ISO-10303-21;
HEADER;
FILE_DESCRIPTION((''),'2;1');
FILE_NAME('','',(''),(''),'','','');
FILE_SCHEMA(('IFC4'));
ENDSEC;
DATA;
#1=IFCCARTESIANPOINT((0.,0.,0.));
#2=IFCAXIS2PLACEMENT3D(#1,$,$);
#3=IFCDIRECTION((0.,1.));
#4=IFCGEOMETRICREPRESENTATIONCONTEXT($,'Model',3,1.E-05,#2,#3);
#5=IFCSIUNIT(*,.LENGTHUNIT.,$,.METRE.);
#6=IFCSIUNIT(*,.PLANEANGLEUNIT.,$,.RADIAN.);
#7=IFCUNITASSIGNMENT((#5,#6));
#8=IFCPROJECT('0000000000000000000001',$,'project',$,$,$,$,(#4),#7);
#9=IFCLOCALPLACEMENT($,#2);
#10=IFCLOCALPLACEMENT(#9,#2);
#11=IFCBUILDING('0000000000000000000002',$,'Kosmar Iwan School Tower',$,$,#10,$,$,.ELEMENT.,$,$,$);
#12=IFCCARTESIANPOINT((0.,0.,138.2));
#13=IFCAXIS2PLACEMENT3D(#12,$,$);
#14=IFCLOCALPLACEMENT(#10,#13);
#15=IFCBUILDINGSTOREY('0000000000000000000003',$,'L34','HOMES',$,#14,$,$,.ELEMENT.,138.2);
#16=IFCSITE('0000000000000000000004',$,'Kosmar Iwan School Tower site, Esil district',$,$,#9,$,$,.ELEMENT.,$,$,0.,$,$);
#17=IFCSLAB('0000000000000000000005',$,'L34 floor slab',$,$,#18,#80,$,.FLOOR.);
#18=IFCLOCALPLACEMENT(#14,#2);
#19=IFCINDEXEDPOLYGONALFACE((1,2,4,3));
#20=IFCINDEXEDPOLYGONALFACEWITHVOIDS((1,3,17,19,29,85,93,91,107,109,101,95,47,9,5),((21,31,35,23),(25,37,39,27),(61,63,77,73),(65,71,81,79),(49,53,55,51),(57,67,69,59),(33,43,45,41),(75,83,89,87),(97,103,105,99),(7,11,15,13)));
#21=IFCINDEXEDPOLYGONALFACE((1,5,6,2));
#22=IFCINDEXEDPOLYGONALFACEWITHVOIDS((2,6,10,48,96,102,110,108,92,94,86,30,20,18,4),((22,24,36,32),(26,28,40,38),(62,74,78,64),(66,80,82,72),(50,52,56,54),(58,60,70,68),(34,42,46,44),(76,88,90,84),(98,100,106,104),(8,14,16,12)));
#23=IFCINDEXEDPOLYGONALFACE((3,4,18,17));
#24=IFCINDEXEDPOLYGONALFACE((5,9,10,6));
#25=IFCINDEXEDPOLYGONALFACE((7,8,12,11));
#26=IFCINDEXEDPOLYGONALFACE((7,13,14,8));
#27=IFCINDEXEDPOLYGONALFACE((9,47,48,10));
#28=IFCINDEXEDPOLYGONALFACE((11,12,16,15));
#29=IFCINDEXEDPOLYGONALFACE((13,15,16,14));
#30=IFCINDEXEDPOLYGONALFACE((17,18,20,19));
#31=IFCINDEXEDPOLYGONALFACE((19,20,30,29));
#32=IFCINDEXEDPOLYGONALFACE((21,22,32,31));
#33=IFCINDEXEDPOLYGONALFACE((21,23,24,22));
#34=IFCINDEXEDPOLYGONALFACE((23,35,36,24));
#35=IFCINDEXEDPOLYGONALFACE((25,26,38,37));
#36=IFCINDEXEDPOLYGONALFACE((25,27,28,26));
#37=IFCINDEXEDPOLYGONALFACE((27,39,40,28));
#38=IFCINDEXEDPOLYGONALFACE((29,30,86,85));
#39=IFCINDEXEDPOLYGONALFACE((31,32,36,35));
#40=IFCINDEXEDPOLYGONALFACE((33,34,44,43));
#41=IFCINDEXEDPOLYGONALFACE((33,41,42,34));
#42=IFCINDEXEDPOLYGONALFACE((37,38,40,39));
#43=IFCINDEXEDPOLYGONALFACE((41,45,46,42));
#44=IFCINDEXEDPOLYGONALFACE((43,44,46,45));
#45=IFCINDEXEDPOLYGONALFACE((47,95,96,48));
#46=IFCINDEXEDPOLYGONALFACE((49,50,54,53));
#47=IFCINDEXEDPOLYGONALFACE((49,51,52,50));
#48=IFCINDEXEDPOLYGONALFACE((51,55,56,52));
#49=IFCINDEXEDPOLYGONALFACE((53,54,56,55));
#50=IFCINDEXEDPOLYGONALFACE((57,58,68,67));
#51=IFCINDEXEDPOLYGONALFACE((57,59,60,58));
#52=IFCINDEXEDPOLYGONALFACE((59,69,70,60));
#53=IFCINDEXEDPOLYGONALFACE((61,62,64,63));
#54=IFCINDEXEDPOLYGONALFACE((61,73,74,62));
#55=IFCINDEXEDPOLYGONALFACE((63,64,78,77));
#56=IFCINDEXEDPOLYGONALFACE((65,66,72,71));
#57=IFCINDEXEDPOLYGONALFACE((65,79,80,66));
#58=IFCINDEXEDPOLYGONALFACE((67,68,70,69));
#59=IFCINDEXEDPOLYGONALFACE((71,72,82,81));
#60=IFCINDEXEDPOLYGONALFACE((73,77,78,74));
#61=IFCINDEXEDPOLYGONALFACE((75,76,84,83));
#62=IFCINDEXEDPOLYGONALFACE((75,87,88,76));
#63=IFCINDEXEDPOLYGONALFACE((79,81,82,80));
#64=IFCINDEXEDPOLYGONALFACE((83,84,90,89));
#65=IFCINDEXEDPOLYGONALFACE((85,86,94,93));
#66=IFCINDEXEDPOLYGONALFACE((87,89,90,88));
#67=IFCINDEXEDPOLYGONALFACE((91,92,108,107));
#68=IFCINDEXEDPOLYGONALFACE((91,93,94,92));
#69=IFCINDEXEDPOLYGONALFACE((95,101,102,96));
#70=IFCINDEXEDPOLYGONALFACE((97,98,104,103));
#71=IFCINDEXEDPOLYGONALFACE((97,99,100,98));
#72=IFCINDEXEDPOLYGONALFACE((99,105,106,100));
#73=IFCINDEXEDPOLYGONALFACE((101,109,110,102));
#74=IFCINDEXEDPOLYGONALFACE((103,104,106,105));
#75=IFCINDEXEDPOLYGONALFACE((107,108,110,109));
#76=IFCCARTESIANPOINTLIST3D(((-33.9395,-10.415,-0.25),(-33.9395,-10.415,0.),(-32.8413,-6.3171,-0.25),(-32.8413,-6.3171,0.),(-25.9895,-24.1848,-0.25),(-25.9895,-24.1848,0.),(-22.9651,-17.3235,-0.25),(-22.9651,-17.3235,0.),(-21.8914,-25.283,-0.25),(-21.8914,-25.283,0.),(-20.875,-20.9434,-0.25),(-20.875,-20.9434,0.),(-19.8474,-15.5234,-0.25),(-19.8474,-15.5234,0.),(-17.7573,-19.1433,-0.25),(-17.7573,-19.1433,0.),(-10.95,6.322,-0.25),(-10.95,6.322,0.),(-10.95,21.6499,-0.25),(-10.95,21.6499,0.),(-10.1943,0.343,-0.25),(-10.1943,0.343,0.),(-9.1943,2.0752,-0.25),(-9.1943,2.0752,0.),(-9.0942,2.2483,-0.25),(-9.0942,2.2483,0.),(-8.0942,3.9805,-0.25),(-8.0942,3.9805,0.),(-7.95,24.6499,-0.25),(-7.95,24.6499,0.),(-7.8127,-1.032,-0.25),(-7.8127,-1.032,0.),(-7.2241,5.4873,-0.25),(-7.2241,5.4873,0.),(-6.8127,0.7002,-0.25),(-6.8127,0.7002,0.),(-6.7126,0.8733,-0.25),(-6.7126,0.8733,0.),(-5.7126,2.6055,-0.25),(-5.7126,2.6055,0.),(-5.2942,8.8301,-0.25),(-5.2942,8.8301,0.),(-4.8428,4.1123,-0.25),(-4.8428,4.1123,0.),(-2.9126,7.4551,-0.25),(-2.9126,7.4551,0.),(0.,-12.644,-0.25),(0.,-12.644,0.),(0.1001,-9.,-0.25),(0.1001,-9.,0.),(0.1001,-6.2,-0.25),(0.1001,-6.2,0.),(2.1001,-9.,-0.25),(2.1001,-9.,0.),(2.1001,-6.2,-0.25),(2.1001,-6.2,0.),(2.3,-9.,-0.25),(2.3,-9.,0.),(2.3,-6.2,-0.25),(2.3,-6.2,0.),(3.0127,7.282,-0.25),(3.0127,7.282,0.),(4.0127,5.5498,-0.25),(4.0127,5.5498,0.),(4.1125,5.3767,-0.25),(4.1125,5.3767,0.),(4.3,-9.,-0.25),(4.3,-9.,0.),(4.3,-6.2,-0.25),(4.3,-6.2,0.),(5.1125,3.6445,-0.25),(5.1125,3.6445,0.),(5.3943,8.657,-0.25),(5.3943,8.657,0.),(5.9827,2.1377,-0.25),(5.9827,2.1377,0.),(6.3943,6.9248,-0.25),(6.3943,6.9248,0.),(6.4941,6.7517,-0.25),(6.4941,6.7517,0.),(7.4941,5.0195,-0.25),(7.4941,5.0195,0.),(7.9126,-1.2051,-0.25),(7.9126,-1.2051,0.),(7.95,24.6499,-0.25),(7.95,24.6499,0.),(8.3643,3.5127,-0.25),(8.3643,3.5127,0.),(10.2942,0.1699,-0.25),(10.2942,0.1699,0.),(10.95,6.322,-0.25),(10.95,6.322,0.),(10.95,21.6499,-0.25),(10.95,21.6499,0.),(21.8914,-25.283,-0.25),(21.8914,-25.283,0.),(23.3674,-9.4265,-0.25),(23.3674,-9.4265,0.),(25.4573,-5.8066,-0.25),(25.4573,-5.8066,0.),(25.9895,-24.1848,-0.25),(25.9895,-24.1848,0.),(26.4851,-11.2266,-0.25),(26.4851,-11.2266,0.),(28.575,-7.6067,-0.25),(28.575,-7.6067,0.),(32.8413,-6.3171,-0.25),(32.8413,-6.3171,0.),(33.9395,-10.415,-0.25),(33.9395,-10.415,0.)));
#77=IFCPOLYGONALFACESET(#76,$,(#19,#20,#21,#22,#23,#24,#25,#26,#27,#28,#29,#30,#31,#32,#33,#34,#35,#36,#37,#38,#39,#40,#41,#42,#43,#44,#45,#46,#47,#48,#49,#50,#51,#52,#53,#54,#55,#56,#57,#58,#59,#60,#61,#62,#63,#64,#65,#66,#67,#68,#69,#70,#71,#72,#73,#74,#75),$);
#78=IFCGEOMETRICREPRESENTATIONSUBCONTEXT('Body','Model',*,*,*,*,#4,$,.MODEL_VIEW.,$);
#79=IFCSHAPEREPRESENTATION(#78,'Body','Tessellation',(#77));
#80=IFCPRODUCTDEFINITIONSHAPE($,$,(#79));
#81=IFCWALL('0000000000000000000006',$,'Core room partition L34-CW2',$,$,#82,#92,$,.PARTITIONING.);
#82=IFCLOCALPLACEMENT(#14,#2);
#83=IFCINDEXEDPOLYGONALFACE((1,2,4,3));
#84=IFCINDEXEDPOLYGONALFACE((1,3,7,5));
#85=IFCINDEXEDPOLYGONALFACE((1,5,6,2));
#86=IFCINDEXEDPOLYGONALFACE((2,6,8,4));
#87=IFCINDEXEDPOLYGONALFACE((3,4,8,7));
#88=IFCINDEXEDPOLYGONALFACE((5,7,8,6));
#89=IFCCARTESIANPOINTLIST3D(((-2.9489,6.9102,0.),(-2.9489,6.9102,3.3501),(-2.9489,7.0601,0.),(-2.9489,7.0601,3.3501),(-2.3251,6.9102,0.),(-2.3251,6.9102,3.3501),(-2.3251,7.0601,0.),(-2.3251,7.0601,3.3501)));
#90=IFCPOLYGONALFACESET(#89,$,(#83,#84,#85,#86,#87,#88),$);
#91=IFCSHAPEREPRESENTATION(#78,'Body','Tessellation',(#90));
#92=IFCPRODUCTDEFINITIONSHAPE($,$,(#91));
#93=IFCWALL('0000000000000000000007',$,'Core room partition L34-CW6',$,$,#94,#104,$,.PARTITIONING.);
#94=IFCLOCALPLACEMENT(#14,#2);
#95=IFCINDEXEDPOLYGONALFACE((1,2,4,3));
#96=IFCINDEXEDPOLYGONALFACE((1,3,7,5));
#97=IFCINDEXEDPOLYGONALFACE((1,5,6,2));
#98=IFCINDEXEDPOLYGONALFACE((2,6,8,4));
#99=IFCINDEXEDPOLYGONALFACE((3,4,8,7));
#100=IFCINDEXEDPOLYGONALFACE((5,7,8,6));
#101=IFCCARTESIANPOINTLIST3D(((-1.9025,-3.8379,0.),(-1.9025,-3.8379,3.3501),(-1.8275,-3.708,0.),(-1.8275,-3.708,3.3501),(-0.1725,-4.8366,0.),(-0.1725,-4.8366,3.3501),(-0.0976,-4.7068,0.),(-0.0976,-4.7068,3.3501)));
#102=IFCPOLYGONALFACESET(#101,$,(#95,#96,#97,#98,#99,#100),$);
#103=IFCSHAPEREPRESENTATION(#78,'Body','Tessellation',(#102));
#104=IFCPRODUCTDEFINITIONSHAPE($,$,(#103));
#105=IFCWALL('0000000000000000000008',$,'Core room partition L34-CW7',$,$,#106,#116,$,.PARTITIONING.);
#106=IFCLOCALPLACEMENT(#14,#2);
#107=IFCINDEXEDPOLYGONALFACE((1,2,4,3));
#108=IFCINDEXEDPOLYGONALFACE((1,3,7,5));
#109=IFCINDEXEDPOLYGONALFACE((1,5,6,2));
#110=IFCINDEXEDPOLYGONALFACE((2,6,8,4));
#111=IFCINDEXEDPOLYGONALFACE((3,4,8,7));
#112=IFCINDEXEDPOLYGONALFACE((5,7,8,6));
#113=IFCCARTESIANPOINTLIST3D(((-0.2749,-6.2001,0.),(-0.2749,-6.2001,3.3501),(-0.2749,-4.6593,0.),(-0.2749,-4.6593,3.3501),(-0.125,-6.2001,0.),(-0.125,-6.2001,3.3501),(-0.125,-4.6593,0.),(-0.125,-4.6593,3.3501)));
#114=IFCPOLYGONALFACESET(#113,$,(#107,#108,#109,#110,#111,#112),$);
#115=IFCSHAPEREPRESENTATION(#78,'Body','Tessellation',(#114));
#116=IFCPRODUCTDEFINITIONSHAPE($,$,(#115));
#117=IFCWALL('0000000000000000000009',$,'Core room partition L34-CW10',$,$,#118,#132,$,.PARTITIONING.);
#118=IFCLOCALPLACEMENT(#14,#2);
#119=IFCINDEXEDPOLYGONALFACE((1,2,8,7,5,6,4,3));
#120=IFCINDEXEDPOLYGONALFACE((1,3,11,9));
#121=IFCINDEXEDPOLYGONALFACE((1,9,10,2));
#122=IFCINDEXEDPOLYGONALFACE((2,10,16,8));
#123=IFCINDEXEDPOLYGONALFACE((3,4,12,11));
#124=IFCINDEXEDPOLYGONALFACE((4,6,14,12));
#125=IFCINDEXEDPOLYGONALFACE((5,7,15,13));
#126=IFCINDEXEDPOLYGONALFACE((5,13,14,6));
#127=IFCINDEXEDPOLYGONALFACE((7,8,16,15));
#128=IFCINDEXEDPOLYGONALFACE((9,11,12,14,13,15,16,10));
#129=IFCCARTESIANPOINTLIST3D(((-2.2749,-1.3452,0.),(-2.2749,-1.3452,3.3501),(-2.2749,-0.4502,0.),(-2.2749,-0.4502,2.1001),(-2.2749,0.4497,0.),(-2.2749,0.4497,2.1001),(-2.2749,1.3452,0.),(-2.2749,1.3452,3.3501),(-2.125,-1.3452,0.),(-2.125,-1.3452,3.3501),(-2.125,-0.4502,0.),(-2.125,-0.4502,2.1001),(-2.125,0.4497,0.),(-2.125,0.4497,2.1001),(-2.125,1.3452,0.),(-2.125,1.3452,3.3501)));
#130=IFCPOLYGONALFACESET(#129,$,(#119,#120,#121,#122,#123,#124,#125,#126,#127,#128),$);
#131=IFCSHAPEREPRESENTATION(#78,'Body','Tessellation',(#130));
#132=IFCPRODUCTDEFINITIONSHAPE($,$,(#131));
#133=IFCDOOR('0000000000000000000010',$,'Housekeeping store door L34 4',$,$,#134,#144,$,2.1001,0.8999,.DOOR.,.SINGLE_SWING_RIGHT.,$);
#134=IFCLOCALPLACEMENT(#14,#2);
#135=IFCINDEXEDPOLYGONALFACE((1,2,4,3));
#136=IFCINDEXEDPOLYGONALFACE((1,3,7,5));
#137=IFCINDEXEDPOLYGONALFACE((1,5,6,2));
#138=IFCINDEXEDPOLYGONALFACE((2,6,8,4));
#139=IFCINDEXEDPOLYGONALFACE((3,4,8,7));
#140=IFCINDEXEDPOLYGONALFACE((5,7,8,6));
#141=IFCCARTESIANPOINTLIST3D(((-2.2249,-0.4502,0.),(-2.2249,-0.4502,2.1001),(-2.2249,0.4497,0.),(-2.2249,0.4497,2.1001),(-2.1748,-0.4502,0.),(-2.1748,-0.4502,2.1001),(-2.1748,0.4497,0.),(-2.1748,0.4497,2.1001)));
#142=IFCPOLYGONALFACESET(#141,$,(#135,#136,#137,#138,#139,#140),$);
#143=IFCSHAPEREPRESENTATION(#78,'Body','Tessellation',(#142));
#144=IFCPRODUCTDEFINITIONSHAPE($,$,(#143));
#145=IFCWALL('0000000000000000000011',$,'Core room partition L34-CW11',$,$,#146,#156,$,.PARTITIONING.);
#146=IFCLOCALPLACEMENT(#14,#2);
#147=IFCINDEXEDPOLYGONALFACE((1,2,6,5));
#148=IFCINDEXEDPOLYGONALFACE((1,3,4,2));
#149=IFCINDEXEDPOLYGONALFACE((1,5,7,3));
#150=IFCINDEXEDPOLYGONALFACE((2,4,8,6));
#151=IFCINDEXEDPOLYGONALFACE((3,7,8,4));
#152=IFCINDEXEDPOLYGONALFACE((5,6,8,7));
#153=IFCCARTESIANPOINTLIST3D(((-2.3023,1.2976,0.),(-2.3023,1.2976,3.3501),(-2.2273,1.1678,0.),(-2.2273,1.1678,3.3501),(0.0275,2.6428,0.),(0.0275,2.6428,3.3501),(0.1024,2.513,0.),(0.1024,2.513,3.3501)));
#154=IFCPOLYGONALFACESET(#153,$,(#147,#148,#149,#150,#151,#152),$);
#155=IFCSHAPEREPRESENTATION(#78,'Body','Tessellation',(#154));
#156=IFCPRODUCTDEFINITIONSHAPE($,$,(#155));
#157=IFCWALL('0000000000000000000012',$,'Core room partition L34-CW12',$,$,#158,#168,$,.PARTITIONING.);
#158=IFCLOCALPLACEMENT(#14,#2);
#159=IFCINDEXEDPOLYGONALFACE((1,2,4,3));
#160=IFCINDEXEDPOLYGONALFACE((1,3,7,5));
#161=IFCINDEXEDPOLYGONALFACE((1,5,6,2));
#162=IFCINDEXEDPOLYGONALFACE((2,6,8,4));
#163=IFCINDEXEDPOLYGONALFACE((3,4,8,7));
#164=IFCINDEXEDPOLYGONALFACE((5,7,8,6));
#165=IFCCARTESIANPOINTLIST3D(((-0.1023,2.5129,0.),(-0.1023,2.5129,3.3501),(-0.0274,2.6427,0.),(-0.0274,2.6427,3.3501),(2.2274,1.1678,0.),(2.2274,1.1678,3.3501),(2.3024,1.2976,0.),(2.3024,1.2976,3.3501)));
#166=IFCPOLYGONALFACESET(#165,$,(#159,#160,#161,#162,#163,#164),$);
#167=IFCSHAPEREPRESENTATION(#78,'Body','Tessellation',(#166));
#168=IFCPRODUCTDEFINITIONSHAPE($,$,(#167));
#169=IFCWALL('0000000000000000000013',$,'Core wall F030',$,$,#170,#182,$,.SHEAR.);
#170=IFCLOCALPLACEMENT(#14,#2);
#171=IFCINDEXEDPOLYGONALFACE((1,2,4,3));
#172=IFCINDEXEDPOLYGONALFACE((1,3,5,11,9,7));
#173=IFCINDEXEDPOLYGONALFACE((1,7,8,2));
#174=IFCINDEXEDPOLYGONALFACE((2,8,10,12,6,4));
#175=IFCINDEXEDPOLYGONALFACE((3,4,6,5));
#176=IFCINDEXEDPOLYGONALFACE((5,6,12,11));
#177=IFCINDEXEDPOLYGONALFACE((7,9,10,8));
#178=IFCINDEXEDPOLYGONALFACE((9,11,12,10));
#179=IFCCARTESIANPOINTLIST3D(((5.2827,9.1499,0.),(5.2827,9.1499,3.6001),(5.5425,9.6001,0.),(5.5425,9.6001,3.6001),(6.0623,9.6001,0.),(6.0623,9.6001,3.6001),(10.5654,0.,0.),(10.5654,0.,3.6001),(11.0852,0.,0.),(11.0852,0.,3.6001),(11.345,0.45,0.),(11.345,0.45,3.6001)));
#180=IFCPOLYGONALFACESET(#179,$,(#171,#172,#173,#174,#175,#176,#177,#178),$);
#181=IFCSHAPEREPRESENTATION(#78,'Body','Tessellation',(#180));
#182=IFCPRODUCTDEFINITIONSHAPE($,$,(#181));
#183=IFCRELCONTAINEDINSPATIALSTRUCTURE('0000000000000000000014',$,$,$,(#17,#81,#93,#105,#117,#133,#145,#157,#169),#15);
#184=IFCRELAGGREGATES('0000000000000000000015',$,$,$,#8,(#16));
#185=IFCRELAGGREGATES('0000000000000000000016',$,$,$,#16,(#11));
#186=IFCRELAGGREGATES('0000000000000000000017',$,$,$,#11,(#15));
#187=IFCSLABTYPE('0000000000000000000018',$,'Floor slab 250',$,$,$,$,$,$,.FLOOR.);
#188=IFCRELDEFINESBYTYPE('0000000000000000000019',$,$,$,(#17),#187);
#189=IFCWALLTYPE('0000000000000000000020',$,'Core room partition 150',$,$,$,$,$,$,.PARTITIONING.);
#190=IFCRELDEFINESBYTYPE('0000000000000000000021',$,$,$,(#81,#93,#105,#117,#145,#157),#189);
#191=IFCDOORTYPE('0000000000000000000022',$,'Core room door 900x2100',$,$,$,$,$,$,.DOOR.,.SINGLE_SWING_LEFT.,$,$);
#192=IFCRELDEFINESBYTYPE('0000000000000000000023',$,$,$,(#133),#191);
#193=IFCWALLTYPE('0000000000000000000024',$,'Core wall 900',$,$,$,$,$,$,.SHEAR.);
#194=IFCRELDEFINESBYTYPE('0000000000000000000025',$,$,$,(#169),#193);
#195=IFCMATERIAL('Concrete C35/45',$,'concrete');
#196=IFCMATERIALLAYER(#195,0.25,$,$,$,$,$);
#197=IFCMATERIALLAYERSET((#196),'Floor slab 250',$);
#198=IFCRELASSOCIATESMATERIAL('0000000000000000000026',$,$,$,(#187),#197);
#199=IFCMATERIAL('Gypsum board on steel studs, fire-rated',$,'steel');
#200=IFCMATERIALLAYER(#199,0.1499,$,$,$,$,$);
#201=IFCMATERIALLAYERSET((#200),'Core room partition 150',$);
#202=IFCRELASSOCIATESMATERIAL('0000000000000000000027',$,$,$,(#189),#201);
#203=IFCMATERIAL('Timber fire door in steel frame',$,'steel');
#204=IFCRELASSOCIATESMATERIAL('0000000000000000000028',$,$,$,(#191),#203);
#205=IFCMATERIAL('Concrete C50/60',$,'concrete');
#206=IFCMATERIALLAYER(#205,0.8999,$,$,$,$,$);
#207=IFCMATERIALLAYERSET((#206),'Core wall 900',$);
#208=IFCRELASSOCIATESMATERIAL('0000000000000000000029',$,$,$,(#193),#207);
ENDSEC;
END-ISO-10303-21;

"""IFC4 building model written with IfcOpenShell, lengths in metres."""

from ifc_helpers import new_model, si_unit, direction, frame, frame_2d, origin, place, context, subcontext, project, spatial, polyline, rectangle, outline, extrude, material, layer, layer_set, type_object, element, fill, save


model = new_model("IFC4")

# Units and contexts
model_context = context("Model", 3, precision=1e-05, world=origin(), true_north=direction((0.0, 1.0)))
body_context = subcontext(model_context, "Body", "Model", "MODEL_VIEW")
ifc_project = project(units=[si_unit("LENGTHUNIT", "METRE"), si_unit("PLANEANGLEUNIT", "RADIAN")], contexts=[model_context])

# Site, building, storey
site_placement = place(None, origin())
site = spatial("IfcSite", under=ifc_project, at=site_placement, Name="Kosmar Iwan School Tower site, Esil district", CompositionType="ELEMENT", RefElevation=0.0)
building_placement = place(site_placement, origin())
building = spatial("IfcBuilding", under=site, at=building_placement, Name="Kosmar Iwan School Tower", CompositionType="ELEMENT")
storey_placement = place(building_placement, frame((0.0, 0.0, 138.2)))
storey = spatial("IfcBuildingStorey", under=building, at=storey_placement, Name="L34", Description="HOMES", CompositionType="ELEMENT", Elevation=138.2)

# Slab
ifc_material_1 = material(Name="Concrete C35/45", Category="concrete")
ifc_layer_1 = layer(ifc_material_1, 0.25)
ifc_layer_set_1 = layer_set([ifc_layer_1], Name="Floor slab 250")
slab_type = type_object("IfcSlabType", Name="Floor slab 250", PredefinedType="FLOOR", material=ifc_layer_set_1)
slab_placement = place(storey_placement, frame((0.0, 0.0, -0.25)))
element("IfcSlab", 1, at=slab_placement, inside=storey, type_object=slab_type, Name="L34 floor slab", PredefinedType="FLOOR", context=body_context, shape_type="SweptSolid", body=[
    extrude(outline(polyline([(-21.8914, -25.283), (0.0, -12.644), (21.8914, -25.283), (25.9895, -24.1848), (33.9395, -10.415), (32.8413, -6.3171), (10.95, 6.322), (10.95, 21.6499), (7.95, 24.6499), (-7.95, 24.6499), (-10.95, 21.6499), (-10.95, 6.322), (-32.8413, -6.3171), (-33.9395, -10.415), (-25.9895, -24.1848), (-21.8914, -25.283)]), holes=[polyline([(7.9126, -1.2051), (10.2942, 0.1699), (8.3643, 3.5127), (5.9827, 2.1377), (7.9126, -1.2051)]), polyline([(-2.9126, 7.4551), (-5.2942, 8.8301), (-7.2241, 5.4873), (-4.8428, 4.1123), (-2.9126, 7.4551)]), polyline([(-5.7126, 2.6055), (-8.0942, 3.9805), (-9.0942, 2.2483), (-6.7126, 0.8733), (-5.7126, 2.6055)]), polyline([(-6.8127, 0.7002), (-9.1943, 2.0752), (-10.1943, 0.343), (-7.8127, -1.032), (-6.8127, 0.7002)]), polyline([(5.1125, 3.6445), (7.4941, 5.0195), (6.4941, 6.7517), (4.1125, 5.3767), (5.1125, 3.6445)]), polyline([(4.0127, 5.5498), (6.3943, 6.9248), (5.3943, 8.657), (3.0127, 7.282), (4.0127, 5.5498)]), polyline([(0.1001, -6.2), (0.1001, -9.0), (2.1001, -9.0), (2.1001, -6.2), (0.1001, -6.2)]), polyline([(2.3, -6.2), (2.3, -9.0), (4.3, -9.0), (4.3, -6.2), (2.3, -6.2)]), polyline([(-19.8474, -15.5234), (-22.9651, -17.3235), (-20.875, -20.9434), (-17.7573, -19.1433), (-19.8474, -15.5234)]), polyline([(23.3674, -9.4265), (26.4851, -11.2266), (28.575, -7.6067), (25.4573, -5.8066), (23.3674, -9.4265)])]), origin(), (0.0, 0.0, 1.0), 0.25),
])

# Walls
ifc_material_2 = material(Name="Gypsum board on steel studs, fire-rated", Category="steel")
ifc_layer_2 = layer(ifc_material_2, 0.1499)
ifc_layer_set_2 = layer_set([ifc_layer_2], Name="Core room partition 150")
wall_type_1 = type_object("IfcWallType", Name="Core room partition 150", PredefinedType="PARTITIONING", material=ifc_layer_set_2)
wall_1_placement = place(storey_placement, frame((-2.325, 6.9851, 0.0), z_axis=(0.0, 0.0, 1.0), x_axis=(-1.0, 0.0, 0.0)))
element("IfcWall", 2, at=wall_1_placement, inside=storey, type_object=wall_type_1, Name="Core room partition L34-CW2", PredefinedType="PARTITIONING", context=body_context, shape_type="SweptSolid", body=[
    extrude(rectangle(XDim=0.6238, YDim=0.1499, at=frame_2d((0.312, 0.0))), origin(), (0.0, 0.0, 1.0), 3.3501),
])
wall_2_placement = place(storey_placement, frame((-1.865, -3.7729, 0.0), z_axis=(0.0, 0.0, 1.0), x_axis=(0.866031, -0.49999, 0.0)))
element("IfcWall", 3, at=wall_2_placement, inside=storey, type_object=wall_type_1, Name="Core room partition L34-CW6", PredefinedType="PARTITIONING", context=body_context, shape_type="SweptSolid", body=[
    extrude(rectangle(XDim=1.9976, YDim=0.1499, at=frame_2d((0.9988, 0.0))), origin(), (0.0, 0.0, 1.0), 3.3501),
])
wall_3_placement = place(storey_placement, frame((-0.2, -4.6592, 0.0), z_axis=(0.0, 0.0, 1.0), x_axis=(0.0, -1.0, 0.0)))
element("IfcWall", 4, at=wall_3_placement, inside=storey, type_object=wall_type_1, Name="Core room partition L34-CW7", PredefinedType="PARTITIONING", context=body_context, shape_type="SweptSolid", body=[
    extrude(rectangle(XDim=1.5408, YDim=0.1499, at=frame_2d((0.7705, 0.0))), origin(), (0.0, 0.0, 1.0), 3.3501),
])

# Wall, opening, door
wall_4_placement = place(storey_placement, frame((-2.2, -1.3452, 0.0), z_axis=(0.0, 0.0, 1.0), x_axis=(0.0, 1.0, 0.0)))
wall_4 = element("IfcWall", 5, at=wall_4_placement, inside=storey, type_object=wall_type_1, Name="Core room partition L34-CW10", PredefinedType="PARTITIONING", context=body_context, shape_type="SweptSolid", body=[
    extrude(rectangle(XDim=2.6904, YDim=0.1499, at=frame_2d((1.3452, 0.0))), origin(), (0.0, 0.0, 1.0), 3.3501),
])
opening_1_placement = place(wall_4_placement, frame((0.895, 0.0, 0.0)))
opening_1 = element("IfcOpeningElement", 6, at=opening_1_placement, cuts=wall_4, PredefinedType="OPENING", context=body_context, shape_type="SweptSolid", body=[
    extrude(rectangle(XDim=0.8999, YDim=2.1001, at=frame_2d((0.45, 1.05))), frame((0.0, 0.0869, 0.0), z_axis=(0.0, -1.0, 0.0), x_axis=(1.0, 0.0, 0.0)), (0.0, 0.0, 1.0), 0.1738),
])
ifc_material_3 = material(Name="Timber fire door in steel frame", Category="steel")
door_type_1 = type_object("IfcDoorType", Name="Core room door 900x2100", OperationType="SINGLE_SWING_LEFT", PredefinedType="DOOR", material=ifc_material_3)
door_1_placement = place(opening_1_placement, origin())
door_1 = element("IfcDoor", 7, at=door_1_placement, inside=storey, type_object=door_type_1, Name="Housekeeping store door L34 4", OperationType="SINGLE_SWING_RIGHT", OverallHeight=2.1001, OverallWidth=0.8999, PredefinedType="DOOR", context=body_context, shape_type="SweptSolid", body=[
    extrude(rectangle(XDim=0.8999, YDim=2.1001, at=frame_2d((0.45, 1.05))), frame((0.0, 0.0249, 0.0), z_axis=(0.0, -1.0, 0.0), x_axis=(1.0, 0.0, 0.0)), (0.0, 0.0, 1.0), 0.05),
])
fill(opening_1, door_1)

# Walls
for number, where, z_axis, x_axis, name in (
    (8, (-2.2649, 1.2327, 0.0), (0.0, 0.0, 1.0), (0.866012, 0.500024, 0.0), "Core room partition L34-CW11"),
    (9, (-0.0649, 2.5779, 0.0), (0.0, 0.0, 1.0), (0.866012, -0.500024, 0.0), "Core room partition L34-CW12"),
):
    element("IfcWall", number, at=place(storey_placement, frame(where, z_axis=z_axis, x_axis=x_axis)), inside=storey, type_object=wall_type_1, Name=name, PredefinedType="PARTITIONING", context=body_context, shape_type="SweptSolid", body=[
        extrude(rectangle(XDim=2.6902, YDim=0.1499, at=frame_2d((1.3452, 0.0))), origin(), (0.0, 0.0, 1.0), 3.3501),
    ])
ifc_material_4 = material(Name="Concrete C50/60", Category="concrete")
ifc_layer_3 = layer(ifc_material_4, 0.8999)
ifc_layer_set_3 = layer_set([ifc_layer_3], Name="Core wall 900")
wall_type_2 = type_object("IfcWallType", Name="Core wall 900", PredefinedType="SHEAR", material=ifc_layer_set_3)
wall_5_placement = place(storey_placement, origin())
element("IfcWall", 10, at=wall_5_placement, inside=storey, type_object=wall_type_2, Name="Core wall F030", PredefinedType="SHEAR", context=body_context, shape_type="SweptSolid", body=[
    extrude(outline(polyline([(10.5654, 0.0), (11.0852, 0.0), (11.345, 0.45), (6.0623, 9.6001), (5.5425, 9.6001), (5.2827, 9.1499), (10.5654, 0.0)])), origin(), (0.0, 0.0, 1.0), 3.6001),
])

save(model, "model.ifc")
